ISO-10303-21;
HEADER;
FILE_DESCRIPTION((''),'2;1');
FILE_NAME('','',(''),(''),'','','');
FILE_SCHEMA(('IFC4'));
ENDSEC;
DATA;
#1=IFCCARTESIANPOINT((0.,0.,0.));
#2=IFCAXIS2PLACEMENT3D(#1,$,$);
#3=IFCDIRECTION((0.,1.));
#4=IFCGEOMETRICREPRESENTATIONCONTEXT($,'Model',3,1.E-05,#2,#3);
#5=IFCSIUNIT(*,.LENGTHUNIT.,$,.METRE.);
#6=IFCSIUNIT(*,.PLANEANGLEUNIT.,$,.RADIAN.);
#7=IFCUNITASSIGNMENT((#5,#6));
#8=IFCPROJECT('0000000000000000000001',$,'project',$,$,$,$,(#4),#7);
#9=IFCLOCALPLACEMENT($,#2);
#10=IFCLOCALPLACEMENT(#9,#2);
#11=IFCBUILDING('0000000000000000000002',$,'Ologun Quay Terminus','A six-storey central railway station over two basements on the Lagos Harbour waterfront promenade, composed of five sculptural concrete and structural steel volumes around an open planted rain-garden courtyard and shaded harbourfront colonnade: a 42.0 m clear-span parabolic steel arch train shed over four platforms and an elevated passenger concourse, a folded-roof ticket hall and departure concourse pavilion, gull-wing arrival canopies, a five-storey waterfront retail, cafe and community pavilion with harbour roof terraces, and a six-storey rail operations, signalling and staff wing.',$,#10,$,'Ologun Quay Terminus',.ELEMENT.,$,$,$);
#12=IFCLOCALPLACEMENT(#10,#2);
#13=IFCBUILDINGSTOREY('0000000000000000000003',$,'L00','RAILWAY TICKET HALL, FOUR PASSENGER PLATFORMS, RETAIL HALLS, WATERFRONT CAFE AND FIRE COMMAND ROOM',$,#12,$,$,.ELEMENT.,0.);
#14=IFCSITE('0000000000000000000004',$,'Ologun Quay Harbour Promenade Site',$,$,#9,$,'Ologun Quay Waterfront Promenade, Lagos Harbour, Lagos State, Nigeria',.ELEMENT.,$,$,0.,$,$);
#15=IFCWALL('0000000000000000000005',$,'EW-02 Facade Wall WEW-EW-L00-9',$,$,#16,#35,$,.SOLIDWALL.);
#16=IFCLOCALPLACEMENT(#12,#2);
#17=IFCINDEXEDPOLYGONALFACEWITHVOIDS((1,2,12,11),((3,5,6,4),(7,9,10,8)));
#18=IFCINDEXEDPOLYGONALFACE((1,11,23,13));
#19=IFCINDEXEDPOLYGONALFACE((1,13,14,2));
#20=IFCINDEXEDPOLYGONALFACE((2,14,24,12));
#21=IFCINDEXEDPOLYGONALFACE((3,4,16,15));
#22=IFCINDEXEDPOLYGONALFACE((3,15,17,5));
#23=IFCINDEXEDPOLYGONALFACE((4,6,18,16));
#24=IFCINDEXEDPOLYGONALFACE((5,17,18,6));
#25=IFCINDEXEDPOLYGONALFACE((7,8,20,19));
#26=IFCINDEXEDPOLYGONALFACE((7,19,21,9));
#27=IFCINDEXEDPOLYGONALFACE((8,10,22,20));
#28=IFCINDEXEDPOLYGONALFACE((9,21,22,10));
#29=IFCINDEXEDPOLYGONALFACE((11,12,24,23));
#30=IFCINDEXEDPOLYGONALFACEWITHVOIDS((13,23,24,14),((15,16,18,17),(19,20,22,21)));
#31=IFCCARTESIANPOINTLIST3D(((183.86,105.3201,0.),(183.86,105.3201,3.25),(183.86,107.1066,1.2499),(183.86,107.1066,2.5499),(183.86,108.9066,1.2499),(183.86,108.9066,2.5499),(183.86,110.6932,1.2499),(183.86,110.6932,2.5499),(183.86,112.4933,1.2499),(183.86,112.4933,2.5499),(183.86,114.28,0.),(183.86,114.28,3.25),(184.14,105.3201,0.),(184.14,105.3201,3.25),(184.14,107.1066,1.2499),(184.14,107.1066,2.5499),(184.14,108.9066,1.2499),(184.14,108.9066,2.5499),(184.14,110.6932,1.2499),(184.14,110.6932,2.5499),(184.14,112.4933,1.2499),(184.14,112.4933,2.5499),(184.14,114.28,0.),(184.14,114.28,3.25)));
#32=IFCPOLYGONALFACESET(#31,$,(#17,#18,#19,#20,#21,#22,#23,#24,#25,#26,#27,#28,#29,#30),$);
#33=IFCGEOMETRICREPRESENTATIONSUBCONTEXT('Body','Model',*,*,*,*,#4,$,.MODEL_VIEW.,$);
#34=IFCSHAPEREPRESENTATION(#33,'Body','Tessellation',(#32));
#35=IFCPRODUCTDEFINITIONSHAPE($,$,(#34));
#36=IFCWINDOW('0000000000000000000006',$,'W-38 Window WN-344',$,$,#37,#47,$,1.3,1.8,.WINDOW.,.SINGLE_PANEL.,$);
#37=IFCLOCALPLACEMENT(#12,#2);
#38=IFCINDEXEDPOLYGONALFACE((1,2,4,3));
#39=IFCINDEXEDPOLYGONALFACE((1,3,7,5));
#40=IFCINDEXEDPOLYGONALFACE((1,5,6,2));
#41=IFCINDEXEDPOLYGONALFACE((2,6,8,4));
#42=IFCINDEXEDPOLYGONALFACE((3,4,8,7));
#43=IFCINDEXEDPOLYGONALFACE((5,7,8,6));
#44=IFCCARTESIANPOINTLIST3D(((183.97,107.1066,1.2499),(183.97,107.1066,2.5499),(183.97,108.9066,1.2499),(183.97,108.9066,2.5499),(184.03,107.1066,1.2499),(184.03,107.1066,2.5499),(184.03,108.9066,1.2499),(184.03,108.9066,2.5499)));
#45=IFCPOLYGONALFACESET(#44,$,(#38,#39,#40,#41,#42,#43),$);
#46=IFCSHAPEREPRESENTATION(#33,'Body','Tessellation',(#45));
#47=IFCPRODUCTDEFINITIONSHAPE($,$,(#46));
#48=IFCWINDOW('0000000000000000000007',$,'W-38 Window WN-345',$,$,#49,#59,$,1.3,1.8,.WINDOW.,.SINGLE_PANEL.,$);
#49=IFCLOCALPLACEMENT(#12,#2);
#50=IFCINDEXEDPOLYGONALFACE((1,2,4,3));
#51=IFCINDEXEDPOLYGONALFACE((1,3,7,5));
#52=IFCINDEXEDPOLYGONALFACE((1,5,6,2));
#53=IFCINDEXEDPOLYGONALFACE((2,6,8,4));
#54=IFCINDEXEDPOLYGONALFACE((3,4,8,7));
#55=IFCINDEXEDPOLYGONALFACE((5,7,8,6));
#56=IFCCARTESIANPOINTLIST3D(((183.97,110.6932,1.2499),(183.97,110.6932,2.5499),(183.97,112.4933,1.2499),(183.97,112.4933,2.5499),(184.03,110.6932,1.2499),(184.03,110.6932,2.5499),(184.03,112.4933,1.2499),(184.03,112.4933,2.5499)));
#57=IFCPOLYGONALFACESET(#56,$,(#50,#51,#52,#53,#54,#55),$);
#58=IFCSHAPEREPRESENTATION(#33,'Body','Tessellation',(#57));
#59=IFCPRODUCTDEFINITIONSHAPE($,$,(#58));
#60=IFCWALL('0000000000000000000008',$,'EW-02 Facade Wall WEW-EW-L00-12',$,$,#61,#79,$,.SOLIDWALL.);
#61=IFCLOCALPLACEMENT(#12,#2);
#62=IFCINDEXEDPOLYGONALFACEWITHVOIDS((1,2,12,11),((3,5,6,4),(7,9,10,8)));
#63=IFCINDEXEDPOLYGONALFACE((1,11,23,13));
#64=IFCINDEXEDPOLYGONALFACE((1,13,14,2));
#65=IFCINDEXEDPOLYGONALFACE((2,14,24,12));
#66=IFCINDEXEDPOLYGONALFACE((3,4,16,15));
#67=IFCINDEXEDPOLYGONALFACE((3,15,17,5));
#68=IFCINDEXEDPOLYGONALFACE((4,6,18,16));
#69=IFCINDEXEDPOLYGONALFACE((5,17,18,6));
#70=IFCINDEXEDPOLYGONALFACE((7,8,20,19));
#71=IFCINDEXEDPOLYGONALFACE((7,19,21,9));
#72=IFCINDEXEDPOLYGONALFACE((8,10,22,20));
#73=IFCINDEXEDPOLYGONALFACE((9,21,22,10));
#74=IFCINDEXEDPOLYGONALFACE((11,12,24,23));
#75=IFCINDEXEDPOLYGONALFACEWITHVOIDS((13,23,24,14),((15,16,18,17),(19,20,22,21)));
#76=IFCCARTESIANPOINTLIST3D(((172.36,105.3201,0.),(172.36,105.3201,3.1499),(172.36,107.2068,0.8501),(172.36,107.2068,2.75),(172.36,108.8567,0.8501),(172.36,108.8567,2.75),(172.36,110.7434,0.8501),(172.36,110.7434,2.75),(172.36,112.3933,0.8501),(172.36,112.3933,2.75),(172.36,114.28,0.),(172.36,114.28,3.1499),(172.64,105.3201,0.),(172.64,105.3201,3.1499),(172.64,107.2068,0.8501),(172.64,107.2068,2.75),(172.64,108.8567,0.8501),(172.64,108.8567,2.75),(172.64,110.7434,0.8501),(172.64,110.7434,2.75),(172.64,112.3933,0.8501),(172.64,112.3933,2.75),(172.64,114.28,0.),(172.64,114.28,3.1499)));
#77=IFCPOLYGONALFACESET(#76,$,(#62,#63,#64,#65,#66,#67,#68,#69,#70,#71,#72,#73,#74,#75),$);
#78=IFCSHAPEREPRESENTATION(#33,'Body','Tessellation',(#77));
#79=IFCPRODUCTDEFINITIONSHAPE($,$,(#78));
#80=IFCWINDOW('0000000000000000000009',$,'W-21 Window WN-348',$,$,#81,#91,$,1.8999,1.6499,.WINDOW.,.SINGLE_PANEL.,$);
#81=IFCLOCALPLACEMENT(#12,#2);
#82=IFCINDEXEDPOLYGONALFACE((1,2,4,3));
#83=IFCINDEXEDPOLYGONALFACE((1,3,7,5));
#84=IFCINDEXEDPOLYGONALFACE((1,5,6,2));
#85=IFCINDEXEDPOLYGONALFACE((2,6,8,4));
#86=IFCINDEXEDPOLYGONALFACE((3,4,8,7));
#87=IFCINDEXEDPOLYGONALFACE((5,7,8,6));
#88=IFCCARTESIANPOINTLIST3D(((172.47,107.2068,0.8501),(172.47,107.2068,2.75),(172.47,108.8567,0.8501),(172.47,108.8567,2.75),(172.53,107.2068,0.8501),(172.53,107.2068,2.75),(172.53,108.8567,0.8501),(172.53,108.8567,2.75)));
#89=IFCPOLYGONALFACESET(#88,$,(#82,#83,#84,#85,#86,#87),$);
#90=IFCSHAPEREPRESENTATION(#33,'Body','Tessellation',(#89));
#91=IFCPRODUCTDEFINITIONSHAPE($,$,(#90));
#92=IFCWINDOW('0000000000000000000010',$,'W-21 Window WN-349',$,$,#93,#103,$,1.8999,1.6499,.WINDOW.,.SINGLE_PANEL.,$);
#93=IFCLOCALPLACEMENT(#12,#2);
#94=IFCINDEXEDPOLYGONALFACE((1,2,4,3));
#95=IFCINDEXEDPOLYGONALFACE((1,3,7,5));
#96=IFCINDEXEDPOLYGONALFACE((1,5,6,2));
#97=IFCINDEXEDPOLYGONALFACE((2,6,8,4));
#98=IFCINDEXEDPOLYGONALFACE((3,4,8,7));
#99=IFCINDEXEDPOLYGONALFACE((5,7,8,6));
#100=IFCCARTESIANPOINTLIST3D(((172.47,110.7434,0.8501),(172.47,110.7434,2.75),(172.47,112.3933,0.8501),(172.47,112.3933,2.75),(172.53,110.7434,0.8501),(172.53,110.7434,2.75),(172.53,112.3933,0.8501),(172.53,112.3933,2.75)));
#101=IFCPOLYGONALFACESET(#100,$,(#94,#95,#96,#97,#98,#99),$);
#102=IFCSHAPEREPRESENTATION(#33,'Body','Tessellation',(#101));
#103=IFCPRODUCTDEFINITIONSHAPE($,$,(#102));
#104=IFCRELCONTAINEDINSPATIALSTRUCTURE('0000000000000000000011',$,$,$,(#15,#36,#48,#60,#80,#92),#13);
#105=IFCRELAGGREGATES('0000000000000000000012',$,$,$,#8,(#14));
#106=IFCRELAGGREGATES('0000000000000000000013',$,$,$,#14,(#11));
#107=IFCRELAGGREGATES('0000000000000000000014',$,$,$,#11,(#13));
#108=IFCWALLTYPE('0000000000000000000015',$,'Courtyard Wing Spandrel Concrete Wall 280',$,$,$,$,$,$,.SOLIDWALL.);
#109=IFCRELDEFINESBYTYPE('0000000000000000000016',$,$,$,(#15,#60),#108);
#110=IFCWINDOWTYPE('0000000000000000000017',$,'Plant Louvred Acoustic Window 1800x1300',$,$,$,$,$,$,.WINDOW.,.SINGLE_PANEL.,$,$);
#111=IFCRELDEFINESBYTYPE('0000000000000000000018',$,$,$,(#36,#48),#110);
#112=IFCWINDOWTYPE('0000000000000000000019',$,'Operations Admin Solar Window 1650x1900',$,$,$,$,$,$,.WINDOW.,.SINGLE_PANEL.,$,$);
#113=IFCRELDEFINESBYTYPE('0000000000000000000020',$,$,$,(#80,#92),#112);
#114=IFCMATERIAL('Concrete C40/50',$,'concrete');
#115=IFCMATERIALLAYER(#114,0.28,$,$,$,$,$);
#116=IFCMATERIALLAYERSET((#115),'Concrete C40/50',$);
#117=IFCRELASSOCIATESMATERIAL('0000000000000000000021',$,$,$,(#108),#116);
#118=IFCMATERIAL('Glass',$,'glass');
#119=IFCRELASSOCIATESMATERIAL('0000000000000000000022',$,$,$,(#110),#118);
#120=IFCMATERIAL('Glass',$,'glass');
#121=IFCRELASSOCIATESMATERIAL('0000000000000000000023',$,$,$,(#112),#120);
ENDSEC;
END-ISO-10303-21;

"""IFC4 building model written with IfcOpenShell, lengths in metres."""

from ifc_helpers import new_model, si_unit, direction, frame, frame_2d, origin, place, context, subcontext, project, spatial, rectangle, extrude, material, layer, layer_set, type_object, element, fill, save


model = new_model("IFC4")

# Units and contexts
model_context = context("Model", 3, precision=1e-05, world=origin(), true_north=direction((0.0, 1.0)))
body_context = subcontext(model_context, "Body", "Model", "MODEL_VIEW")
ifc_project = project(units=[si_unit("LENGTHUNIT", "METRE"), si_unit("PLANEANGLEUNIT", "RADIAN")], contexts=[model_context])

# Site, building, storey
site_placement = place(None, origin())
site = spatial("IfcSite", under=ifc_project, at=site_placement, Name="Ologun Quay Harbour Promenade Site", LongName="Ologun Quay Waterfront Promenade, Lagos Harbour, Lagos State, Nigeria", CompositionType="ELEMENT", RefElevation=0.0)
building_placement = place(site_placement, origin())
building = spatial("IfcBuilding", under=site, at=building_placement, Name="Ologun Quay Terminus", Description="A six-storey central railway station over two basements on the Lagos Harbour waterfront promenade, composed of five sculptural concrete and structural steel volumes around an open planted rain-garden courtyard and shaded harbourfront colonnade: a 42.0 m clear-span parabolic steel arch train shed over four platforms and an elevated passenger concourse, a folded-roof ticket hall and departure concourse pavilion, gull-wing arrival canopies, a five-storey waterfront retail, cafe and community pavilion with harbour roof terraces, and a six-storey rail operations, signalling and staff wing.", LongName="Ologun Quay Terminus", CompositionType="ELEMENT")
storey_placement = place(building_placement, origin())
storey = spatial("IfcBuildingStorey", under=building, at=storey_placement, Name="L00", Description="RAILWAY TICKET HALL, FOUR PASSENGER PLATFORMS, RETAIL HALLS, WATERFRONT CAFE AND FIRE COMMAND ROOM", CompositionType="ELEMENT", Elevation=0.0)

# Shared definitions
ifc_material_1 = material(Name="Concrete C40/50", Category="concrete")
ifc_layer = layer(ifc_material_1, 0.28)
ifc_layer_set = layer_set([ifc_layer], Name="Concrete C40/50")
wall_type = type_object("IfcWallType", Name="Courtyard Wing Spandrel Concrete Wall 280", PredefinedType="SOLIDWALL", material=ifc_layer_set)

# Walls, openings, windows
wall_1_placement = place(storey_placement, frame((184.0, 105.3201, 0.0), z_axis=(0.0, 0.0, 1.0), x_axis=(0.0, 1.0, 0.0)))
wall_1 = element("IfcWall", 1, at=wall_1_placement, inside=storey, type_object=wall_type, Name="EW-02 Facade Wall WEW-EW-L00-9", PredefinedType="SOLIDWALL", context=body_context, shape_type="SweptSolid", body=[
    extrude(rectangle(XDim=8.96, YDim=0.28, at=frame_2d((4.48, 0.0))), origin(), (0.0, 0.0, 1.0), 3.25),
])
opening_1_placement = place(wall_1_placement, frame((1.7866, 0.0, 1.25)))
opening_1 = element("IfcOpeningElement", 2, at=opening_1_placement, cuts=wall_1, PredefinedType="OPENING", context=body_context, shape_type="SweptSolid", body=[
    extrude(rectangle(XDim=1.8, YDim=1.3, at=frame_2d((0.8999, 0.6499))), frame((0.0, 0.1499, 0.0), z_axis=(0.0, -1.0, 0.0), x_axis=(1.0, 0.0, 0.0)), (0.0, 0.0, 1.0), 0.3),
])
opening_2_placement = place(wall_1_placement, frame((5.3733, 0.0, 1.25)))
opening_2 = element("IfcOpeningElement", 3, at=opening_2_placement, cuts=wall_1, PredefinedType="OPENING", context=body_context, shape_type="SweptSolid", body=[
    extrude(rectangle(XDim=1.8, YDim=1.3, at=frame_2d((0.8999, 0.6499))), frame((0.0, 0.1499, 0.0), z_axis=(0.0, -1.0, 0.0), x_axis=(1.0, 0.0, 0.0)), (0.0, 0.0, 1.0), 0.3),
])
ifc_material_2 = material(Name="Glass", Category="glass")
window_type_1 = type_object("IfcWindowType", Name="Plant Louvred Acoustic Window 1800x1300", PartitioningType="SINGLE_PANEL", PredefinedType="WINDOW", material=ifc_material_2)
window_1_placement = place(opening_1_placement, origin())
window_1 = element("IfcWindow", 4, at=window_1_placement, inside=storey, type_object=window_type_1, Name="W-38 Window WN-344", OverallHeight=1.3, OverallWidth=1.8, PartitioningType="SINGLE_PANEL", PredefinedType="WINDOW", context=body_context, shape_type="SweptSolid", body=[
    extrude(rectangle(XDim=1.8, YDim=1.3, at=frame_2d((0.8999, 0.6499))), frame((0.0, 0.03, 0.0), z_axis=(0.0, -1.0, 0.0), x_axis=(1.0, 0.0, 0.0)), (0.0, 0.0, 1.0), 0.0601),
])
fill(opening_1, window_1)
window_2_placement = place(opening_2_placement, origin())
window_2 = element("IfcWindow", 5, at=window_2_placement, inside=storey, type_object=window_type_1, Name="W-38 Window WN-345", OverallHeight=1.3, OverallWidth=1.8, PartitioningType="SINGLE_PANEL", PredefinedType="WINDOW", context=body_context, shape_type="SweptSolid", body=[
    extrude(rectangle(XDim=1.8, YDim=1.3, at=frame_2d((0.8999, 0.6499))), frame((0.0, 0.03, 0.0), z_axis=(0.0, -1.0, 0.0), x_axis=(1.0, 0.0, 0.0)), (0.0, 0.0, 1.0), 0.0601),
])
fill(opening_2, window_2)
wall_2_placement = place(storey_placement, frame((172.5, 105.3201, 0.0), z_axis=(0.0, 0.0, 1.0), x_axis=(0.0, 1.0, 0.0)))
wall_2 = element("IfcWall", 6, at=wall_2_placement, inside=storey, type_object=wall_type, Name="EW-02 Facade Wall WEW-EW-L00-12", PredefinedType="SOLIDWALL", context=body_context, shape_type="SweptSolid", body=[
    extrude(rectangle(XDim=8.96, YDim=0.28, at=frame_2d((4.48, 0.0))), origin(), (0.0, 0.0, 1.0), 3.1499),
])
opening_3_placement = place(wall_2_placement, frame((1.8867, 0.0, 0.8501)))
opening_3 = element("IfcOpeningElement", 7, at=opening_3_placement, cuts=wall_2, PredefinedType="OPENING", context=body_context, shape_type="SweptSolid", body=[
    extrude(rectangle(XDim=1.6499, YDim=1.8999, at=frame_2d((0.825, 0.95))), frame((0.0, 0.1499, 0.0), z_axis=(0.0, -1.0, 0.0), x_axis=(1.0, 0.0, 0.0)), (0.0, 0.0, 1.0), 0.3),
])
opening_4_placement = place(wall_2_placement, frame((5.4233, 0.0, 0.8501)))
opening_4 = element("IfcOpeningElement", 8, at=opening_4_placement, cuts=wall_2, PredefinedType="OPENING", context=body_context, shape_type="SweptSolid", body=[
    extrude(rectangle(XDim=1.6499, YDim=1.8999, at=frame_2d((0.825, 0.95))), frame((0.0, 0.1499, 0.0), z_axis=(0.0, -1.0, 0.0), x_axis=(1.0, 0.0, 0.0)), (0.0, 0.0, 1.0), 0.3),
])
ifc_material_3 = material(Name="Glass", Category="glass")
window_type_2 = type_object("IfcWindowType", Name="Operations Admin Solar Window 1650x1900", PartitioningType="SINGLE_PANEL", PredefinedType="WINDOW", material=ifc_material_3)
window_3_placement = place(opening_3_placement, origin())
window_3 = element("IfcWindow", 9, at=window_3_placement, inside=storey, type_object=window_type_2, Name="W-21 Window WN-348", OverallHeight=1.8999, OverallWidth=1.6499, PartitioningType="SINGLE_PANEL", PredefinedType="WINDOW", context=body_context, shape_type="SweptSolid", body=[
    extrude(rectangle(XDim=1.6499, YDim=1.8999, at=frame_2d((0.825, 0.95))), frame((0.0, 0.03, 0.0), z_axis=(0.0, -1.0, 0.0), x_axis=(1.0, 0.0, 0.0)), (0.0, 0.0, 1.0), 0.0601),
])
fill(opening_3, window_3)
window_4_placement = place(opening_4_placement, origin())
window_4 = element("IfcWindow", 10, at=window_4_placement, inside=storey, type_object=window_type_2, Name="W-21 Window WN-349", OverallHeight=1.8999, OverallWidth=1.6499, PartitioningType="SINGLE_PANEL", PredefinedType="WINDOW", context=body_context, shape_type="SweptSolid", body=[
    extrude(rectangle(XDim=1.6499, YDim=1.8999, at=frame_2d((0.825, 0.95))), frame((0.0, 0.03, 0.0), z_axis=(0.0, -1.0, 0.0), x_axis=(1.0, 0.0, 0.0)), (0.0, 0.0, 1.0), 0.0601),
])
fill(opening_4, window_4)

save(model, "model.ifc")
